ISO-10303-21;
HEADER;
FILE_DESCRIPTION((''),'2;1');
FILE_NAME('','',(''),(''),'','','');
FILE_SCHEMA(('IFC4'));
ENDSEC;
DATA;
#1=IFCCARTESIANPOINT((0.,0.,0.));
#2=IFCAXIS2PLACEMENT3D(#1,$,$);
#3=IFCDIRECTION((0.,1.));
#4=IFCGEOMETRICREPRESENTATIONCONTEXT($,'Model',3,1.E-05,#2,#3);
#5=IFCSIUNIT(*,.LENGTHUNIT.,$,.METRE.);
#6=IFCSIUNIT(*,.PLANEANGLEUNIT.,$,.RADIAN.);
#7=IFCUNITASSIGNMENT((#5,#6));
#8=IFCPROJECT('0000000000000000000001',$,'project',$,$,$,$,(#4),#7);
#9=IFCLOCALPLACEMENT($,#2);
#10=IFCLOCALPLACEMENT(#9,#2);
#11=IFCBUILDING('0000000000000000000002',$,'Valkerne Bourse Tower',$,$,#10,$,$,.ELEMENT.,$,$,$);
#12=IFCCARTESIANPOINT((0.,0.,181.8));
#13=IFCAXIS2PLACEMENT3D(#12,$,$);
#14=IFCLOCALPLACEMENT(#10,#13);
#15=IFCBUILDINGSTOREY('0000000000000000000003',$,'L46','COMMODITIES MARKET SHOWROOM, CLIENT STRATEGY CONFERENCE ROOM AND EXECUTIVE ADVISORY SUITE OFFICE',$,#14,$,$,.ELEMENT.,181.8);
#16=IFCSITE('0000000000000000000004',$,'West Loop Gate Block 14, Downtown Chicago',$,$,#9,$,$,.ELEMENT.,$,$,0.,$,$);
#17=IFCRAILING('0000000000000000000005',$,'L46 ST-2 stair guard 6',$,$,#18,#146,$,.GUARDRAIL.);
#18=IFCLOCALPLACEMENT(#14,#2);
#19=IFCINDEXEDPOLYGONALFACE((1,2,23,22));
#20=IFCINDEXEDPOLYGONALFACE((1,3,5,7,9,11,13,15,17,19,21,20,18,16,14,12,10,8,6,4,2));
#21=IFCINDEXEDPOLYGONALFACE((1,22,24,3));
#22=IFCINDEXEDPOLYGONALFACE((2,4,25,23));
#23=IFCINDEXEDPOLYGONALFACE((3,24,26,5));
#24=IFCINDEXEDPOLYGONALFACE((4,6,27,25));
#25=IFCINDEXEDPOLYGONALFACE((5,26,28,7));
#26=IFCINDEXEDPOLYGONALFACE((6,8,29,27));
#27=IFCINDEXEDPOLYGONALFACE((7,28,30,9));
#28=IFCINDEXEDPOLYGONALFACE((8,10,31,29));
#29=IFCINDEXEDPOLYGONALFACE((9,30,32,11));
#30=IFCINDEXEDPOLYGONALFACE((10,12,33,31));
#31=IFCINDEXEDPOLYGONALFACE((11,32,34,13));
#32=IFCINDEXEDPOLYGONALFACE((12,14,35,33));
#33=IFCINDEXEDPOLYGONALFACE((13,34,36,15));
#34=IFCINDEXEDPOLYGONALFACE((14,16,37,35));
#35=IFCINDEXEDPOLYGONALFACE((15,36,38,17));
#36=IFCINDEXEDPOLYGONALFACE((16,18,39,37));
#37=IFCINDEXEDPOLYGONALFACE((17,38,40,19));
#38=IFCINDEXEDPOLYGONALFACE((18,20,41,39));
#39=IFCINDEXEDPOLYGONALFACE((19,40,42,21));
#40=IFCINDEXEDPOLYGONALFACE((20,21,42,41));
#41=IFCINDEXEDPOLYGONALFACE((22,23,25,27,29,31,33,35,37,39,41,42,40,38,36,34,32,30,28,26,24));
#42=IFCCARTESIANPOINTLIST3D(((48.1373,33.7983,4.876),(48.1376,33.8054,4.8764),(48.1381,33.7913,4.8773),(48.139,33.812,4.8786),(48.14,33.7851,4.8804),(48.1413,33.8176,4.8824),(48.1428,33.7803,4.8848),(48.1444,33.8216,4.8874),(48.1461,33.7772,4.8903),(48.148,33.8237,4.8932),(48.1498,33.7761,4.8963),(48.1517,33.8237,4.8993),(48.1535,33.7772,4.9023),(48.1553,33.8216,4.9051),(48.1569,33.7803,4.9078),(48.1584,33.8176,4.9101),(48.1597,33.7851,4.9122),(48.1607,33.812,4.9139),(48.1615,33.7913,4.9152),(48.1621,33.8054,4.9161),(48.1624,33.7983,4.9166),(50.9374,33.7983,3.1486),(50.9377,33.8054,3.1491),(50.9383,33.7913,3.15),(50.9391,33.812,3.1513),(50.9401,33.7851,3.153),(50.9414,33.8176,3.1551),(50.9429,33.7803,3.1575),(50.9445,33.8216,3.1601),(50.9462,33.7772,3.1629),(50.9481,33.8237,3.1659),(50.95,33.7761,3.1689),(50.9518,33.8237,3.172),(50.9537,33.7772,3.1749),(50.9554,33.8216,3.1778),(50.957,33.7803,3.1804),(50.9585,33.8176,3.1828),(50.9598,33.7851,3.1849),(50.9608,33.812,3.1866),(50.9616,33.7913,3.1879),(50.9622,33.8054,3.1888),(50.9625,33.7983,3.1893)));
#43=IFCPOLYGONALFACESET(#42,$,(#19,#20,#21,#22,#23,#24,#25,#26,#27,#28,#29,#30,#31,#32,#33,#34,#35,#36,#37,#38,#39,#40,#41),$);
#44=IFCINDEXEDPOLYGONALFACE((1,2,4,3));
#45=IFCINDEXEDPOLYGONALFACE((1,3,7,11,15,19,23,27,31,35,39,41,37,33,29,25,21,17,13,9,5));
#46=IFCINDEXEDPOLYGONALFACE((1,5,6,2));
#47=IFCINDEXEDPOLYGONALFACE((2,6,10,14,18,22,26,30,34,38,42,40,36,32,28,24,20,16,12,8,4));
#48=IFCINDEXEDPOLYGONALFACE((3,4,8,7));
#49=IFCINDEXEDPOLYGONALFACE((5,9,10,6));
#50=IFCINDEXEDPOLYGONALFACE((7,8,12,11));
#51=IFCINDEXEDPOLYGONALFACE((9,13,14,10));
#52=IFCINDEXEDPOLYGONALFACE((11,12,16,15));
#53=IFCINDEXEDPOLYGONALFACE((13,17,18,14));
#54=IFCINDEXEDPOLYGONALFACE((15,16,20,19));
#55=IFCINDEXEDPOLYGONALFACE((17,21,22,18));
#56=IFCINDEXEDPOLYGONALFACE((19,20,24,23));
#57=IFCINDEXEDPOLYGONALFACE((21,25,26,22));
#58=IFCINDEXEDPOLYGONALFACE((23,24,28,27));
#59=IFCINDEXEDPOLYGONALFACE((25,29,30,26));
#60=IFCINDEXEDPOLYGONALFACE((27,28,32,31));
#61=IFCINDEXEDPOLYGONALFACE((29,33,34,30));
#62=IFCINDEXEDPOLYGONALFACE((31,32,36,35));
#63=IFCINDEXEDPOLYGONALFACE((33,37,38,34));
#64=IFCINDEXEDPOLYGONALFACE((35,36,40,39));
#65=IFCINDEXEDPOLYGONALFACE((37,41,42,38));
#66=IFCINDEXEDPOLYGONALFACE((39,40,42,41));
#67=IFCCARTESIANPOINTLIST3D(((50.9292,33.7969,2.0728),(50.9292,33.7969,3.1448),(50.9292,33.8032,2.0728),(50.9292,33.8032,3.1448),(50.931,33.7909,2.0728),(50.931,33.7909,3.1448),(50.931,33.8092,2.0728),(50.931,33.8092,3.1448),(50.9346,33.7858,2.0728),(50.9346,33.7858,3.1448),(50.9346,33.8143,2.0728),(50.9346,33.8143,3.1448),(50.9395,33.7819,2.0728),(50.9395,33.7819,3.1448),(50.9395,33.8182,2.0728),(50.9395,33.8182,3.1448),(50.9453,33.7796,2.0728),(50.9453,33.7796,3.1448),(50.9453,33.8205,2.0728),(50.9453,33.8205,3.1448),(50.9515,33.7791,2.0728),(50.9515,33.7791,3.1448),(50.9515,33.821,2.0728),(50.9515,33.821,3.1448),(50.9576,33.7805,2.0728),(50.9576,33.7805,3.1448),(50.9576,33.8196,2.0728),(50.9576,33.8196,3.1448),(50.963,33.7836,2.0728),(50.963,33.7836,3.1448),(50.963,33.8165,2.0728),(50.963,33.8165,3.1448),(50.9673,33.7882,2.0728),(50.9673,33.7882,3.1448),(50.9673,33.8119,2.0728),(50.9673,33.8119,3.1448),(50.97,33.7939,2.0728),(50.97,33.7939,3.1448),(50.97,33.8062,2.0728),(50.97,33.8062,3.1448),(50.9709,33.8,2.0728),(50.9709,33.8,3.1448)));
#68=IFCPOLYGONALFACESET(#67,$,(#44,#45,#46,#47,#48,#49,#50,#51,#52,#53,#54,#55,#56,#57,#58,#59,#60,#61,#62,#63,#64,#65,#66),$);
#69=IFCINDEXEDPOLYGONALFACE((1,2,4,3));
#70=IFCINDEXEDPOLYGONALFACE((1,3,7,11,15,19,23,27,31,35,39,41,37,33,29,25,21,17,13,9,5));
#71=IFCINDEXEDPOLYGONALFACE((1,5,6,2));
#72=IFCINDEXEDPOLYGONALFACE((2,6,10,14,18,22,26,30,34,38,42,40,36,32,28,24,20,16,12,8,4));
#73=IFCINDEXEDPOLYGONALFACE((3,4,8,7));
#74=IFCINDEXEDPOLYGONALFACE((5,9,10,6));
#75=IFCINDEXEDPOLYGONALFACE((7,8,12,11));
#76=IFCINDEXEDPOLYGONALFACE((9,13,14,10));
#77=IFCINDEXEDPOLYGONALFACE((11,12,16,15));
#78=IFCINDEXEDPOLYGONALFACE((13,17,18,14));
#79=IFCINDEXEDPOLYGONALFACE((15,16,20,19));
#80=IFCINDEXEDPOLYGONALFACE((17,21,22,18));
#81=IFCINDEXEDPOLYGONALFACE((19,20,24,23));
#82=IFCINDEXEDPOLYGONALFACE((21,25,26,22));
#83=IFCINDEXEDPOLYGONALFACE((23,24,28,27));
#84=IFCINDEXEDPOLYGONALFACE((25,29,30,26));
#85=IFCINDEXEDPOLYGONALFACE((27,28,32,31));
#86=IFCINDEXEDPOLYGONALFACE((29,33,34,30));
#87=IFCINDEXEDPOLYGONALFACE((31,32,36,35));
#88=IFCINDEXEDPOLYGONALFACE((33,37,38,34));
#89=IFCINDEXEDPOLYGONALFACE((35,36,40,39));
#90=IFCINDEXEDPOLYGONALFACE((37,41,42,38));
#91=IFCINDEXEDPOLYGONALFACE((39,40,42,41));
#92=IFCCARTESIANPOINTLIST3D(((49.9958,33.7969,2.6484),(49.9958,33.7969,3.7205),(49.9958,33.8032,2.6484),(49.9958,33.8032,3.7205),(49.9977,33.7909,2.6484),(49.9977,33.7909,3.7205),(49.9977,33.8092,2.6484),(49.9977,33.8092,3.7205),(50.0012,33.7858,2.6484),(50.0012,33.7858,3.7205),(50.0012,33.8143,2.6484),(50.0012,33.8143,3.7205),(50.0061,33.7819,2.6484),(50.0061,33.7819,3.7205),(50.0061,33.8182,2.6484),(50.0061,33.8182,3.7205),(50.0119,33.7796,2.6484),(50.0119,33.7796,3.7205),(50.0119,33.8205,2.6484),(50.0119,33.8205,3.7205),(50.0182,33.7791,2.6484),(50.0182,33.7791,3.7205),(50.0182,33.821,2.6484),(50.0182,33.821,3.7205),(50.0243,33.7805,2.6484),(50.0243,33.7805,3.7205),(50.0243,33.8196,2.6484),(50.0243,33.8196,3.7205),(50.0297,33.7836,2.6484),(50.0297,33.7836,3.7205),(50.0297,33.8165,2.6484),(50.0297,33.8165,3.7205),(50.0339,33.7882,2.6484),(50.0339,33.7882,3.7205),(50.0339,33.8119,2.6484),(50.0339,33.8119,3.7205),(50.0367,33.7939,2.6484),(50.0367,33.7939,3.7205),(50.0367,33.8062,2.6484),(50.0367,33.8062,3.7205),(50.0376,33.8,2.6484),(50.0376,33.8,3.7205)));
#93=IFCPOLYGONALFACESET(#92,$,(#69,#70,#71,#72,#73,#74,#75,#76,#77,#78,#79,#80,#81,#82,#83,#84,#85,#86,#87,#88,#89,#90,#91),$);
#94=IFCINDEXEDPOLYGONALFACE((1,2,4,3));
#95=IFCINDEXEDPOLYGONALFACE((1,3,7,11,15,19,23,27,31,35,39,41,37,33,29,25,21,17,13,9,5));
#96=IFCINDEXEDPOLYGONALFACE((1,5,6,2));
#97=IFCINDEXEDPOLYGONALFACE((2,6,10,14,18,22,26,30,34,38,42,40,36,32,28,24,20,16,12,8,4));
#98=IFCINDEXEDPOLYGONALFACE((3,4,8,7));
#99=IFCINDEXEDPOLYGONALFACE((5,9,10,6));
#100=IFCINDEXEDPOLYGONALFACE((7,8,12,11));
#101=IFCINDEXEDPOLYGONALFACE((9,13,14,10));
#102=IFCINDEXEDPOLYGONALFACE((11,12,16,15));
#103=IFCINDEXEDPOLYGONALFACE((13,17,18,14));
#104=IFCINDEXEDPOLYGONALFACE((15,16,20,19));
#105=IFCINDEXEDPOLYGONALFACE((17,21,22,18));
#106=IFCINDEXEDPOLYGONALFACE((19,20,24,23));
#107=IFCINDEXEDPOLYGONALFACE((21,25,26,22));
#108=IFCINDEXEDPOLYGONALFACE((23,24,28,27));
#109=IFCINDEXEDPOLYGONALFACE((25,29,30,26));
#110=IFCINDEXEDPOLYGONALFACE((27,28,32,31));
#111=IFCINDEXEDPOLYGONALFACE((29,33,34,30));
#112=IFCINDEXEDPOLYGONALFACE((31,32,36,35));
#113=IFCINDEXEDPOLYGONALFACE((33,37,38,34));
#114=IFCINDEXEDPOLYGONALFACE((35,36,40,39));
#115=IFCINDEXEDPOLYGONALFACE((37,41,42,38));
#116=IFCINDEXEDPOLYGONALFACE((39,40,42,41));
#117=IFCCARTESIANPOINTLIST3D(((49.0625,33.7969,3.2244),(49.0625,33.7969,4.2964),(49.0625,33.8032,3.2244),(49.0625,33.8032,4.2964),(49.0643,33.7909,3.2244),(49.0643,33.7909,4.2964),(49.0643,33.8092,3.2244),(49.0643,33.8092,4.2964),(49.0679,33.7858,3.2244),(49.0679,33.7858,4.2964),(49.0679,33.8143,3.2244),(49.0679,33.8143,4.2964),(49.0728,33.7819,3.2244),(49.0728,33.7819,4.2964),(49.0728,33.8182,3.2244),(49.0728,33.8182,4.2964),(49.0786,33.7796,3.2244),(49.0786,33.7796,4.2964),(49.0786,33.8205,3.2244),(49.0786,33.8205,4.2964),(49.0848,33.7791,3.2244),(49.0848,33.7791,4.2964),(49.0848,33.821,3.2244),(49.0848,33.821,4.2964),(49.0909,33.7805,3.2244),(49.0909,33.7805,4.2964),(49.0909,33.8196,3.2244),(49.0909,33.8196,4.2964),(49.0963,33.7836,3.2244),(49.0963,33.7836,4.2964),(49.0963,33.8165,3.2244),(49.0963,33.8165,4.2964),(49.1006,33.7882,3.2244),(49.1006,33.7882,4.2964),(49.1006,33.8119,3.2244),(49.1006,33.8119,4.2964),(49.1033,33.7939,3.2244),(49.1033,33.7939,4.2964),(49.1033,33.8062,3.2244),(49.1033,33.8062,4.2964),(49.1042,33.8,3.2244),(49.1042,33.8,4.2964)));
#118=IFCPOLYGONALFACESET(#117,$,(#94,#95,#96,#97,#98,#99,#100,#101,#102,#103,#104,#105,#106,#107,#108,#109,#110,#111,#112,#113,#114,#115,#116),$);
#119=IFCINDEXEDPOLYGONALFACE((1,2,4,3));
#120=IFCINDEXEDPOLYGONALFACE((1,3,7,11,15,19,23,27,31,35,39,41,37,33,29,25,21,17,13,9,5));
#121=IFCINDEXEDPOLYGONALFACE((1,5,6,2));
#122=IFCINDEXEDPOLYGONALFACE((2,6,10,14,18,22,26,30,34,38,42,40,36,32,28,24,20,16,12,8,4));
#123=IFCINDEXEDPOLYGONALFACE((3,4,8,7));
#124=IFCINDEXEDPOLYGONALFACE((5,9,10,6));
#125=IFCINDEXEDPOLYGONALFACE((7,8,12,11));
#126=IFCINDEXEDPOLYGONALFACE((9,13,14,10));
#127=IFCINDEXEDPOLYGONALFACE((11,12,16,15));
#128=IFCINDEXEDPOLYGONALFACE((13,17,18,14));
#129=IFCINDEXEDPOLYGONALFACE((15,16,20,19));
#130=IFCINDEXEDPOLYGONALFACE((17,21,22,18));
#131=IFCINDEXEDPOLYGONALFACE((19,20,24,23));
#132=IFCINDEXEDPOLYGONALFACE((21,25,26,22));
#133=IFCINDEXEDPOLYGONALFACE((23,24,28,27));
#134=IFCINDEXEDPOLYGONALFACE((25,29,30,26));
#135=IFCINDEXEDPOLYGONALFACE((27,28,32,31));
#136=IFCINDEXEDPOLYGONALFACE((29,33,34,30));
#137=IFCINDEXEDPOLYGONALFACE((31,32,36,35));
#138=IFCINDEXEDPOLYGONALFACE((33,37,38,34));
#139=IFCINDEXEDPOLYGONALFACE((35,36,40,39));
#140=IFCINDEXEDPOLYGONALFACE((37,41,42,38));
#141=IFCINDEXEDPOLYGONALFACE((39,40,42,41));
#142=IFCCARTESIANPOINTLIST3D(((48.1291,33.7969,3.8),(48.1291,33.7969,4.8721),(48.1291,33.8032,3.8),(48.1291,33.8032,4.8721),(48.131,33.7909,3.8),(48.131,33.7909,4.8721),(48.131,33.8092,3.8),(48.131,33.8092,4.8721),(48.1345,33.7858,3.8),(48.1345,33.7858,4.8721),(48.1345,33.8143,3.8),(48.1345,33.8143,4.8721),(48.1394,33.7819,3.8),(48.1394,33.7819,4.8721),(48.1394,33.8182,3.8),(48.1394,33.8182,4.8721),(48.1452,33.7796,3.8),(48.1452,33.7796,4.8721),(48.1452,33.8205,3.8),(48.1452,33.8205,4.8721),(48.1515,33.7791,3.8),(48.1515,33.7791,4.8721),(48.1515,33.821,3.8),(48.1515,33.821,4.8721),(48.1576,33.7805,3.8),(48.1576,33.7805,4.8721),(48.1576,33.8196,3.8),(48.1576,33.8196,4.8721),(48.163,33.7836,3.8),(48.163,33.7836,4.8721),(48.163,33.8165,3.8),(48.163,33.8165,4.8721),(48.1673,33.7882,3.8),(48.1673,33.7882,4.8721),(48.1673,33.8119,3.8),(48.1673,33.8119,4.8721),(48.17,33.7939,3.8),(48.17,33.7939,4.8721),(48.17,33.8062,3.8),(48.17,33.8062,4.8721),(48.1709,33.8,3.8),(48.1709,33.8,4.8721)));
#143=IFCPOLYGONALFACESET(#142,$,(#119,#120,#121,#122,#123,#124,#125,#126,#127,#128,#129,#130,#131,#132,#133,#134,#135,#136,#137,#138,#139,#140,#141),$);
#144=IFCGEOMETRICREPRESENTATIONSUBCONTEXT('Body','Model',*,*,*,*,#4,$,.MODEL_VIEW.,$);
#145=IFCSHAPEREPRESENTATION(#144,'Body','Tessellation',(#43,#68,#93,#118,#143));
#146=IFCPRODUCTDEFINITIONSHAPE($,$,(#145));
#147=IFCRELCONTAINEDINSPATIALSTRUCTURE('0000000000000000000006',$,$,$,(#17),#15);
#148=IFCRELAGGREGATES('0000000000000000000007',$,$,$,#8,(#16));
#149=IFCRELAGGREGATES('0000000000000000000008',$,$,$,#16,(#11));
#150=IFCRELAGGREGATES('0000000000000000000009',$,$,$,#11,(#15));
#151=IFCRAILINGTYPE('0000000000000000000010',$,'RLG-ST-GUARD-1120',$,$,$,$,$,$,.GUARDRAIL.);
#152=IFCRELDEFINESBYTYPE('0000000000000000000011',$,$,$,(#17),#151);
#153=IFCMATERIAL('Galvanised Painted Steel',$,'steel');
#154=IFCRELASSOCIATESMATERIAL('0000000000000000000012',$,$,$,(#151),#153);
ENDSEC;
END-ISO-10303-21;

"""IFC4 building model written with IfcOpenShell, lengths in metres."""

from ifc_helpers import new_model, si_unit, direction, frame, origin, origin_2d, place, context, subcontext, project, spatial, circle, extrude, material, type_object, element, save


model = new_model("IFC4")

# Units and contexts
model_context = context("Model", 3, precision=1e-05, world=origin(), true_north=direction((0.0, 1.0)))
body_context = subcontext(model_context, "Body", "Model", "MODEL_VIEW")
ifc_project = project(units=[si_unit("LENGTHUNIT", "METRE"), si_unit("PLANEANGLEUNIT", "RADIAN")], contexts=[model_context])

# Site, building, storey
site_placement = place(None, origin())
site = spatial("IfcSite", under=ifc_project, at=site_placement, Name="West Loop Gate Block 14, Downtown Chicago", CompositionType="ELEMENT", RefElevation=0.0)
building_placement = place(site_placement, origin())
building = spatial("IfcBuilding", under=site, at=building_placement, Name="Valkerne Bourse Tower", CompositionType="ELEMENT")
storey_placement = place(building_placement, frame((0.0, 0.0, 181.8)))
storey = spatial("IfcBuildingStorey", under=building, at=storey_placement, Name="L46", Description="COMMODITIES MARKET SHOWROOM, CLIENT STRATEGY CONFERENCE ROOM AND EXECUTIVE ADVISORY SUITE OFFICE", CompositionType="ELEMENT", Elevation=181.8)

# Shared definitions
ifc_material_1 = material(Name="Galvanised Painted Steel", Category="steel")

# Railing
railing_type_1 = type_object("IfcRailingType", Name="RLG-ST-GUARD-1120", PredefinedType="GUARDRAIL", material=ifc_material_1)
railing_1_placement = place(storey_placement, frame((50.95, 33.8, 2.0728)))
element("IfcRailing", 1, at=railing_1_placement, inside=storey, type_object=railing_type_1, Name="L46 ST-2 stair guard 6", PredefinedType="GUARDRAIL", context=body_context, shape_type="SweptSolid", body=[
    extrude(circle(Radius=0.0239, at=origin_2d()), frame((0.0, 0.0, 1.0962), z_axis=(-0.85109, 0.0, 0.52502), x_axis=(0.0, -1.0, 0.0)), (0.0, 0.0, 1.0), 3.29),
    extrude(circle(Radius=0.021, at=origin_2d()), origin(), (0.0, 0.0, 1.0), 1.072),
    extrude(circle(Radius=0.021, at=origin_2d()), frame((-0.9333, 0.0, 0.5757)), (0.0, 0.0, 1.0), 1.072),
    extrude(circle(Radius=0.021, at=origin_2d()), frame((-1.8667, 0.0, 1.1516)), (0.0, 0.0, 1.0), 1.072),
    extrude(circle(Radius=0.021, at=origin_2d()), frame((-2.8, 0.0, 1.7273)), (0.0, 0.0, 1.0), 1.072),
])

save(model, "model.ifc")
